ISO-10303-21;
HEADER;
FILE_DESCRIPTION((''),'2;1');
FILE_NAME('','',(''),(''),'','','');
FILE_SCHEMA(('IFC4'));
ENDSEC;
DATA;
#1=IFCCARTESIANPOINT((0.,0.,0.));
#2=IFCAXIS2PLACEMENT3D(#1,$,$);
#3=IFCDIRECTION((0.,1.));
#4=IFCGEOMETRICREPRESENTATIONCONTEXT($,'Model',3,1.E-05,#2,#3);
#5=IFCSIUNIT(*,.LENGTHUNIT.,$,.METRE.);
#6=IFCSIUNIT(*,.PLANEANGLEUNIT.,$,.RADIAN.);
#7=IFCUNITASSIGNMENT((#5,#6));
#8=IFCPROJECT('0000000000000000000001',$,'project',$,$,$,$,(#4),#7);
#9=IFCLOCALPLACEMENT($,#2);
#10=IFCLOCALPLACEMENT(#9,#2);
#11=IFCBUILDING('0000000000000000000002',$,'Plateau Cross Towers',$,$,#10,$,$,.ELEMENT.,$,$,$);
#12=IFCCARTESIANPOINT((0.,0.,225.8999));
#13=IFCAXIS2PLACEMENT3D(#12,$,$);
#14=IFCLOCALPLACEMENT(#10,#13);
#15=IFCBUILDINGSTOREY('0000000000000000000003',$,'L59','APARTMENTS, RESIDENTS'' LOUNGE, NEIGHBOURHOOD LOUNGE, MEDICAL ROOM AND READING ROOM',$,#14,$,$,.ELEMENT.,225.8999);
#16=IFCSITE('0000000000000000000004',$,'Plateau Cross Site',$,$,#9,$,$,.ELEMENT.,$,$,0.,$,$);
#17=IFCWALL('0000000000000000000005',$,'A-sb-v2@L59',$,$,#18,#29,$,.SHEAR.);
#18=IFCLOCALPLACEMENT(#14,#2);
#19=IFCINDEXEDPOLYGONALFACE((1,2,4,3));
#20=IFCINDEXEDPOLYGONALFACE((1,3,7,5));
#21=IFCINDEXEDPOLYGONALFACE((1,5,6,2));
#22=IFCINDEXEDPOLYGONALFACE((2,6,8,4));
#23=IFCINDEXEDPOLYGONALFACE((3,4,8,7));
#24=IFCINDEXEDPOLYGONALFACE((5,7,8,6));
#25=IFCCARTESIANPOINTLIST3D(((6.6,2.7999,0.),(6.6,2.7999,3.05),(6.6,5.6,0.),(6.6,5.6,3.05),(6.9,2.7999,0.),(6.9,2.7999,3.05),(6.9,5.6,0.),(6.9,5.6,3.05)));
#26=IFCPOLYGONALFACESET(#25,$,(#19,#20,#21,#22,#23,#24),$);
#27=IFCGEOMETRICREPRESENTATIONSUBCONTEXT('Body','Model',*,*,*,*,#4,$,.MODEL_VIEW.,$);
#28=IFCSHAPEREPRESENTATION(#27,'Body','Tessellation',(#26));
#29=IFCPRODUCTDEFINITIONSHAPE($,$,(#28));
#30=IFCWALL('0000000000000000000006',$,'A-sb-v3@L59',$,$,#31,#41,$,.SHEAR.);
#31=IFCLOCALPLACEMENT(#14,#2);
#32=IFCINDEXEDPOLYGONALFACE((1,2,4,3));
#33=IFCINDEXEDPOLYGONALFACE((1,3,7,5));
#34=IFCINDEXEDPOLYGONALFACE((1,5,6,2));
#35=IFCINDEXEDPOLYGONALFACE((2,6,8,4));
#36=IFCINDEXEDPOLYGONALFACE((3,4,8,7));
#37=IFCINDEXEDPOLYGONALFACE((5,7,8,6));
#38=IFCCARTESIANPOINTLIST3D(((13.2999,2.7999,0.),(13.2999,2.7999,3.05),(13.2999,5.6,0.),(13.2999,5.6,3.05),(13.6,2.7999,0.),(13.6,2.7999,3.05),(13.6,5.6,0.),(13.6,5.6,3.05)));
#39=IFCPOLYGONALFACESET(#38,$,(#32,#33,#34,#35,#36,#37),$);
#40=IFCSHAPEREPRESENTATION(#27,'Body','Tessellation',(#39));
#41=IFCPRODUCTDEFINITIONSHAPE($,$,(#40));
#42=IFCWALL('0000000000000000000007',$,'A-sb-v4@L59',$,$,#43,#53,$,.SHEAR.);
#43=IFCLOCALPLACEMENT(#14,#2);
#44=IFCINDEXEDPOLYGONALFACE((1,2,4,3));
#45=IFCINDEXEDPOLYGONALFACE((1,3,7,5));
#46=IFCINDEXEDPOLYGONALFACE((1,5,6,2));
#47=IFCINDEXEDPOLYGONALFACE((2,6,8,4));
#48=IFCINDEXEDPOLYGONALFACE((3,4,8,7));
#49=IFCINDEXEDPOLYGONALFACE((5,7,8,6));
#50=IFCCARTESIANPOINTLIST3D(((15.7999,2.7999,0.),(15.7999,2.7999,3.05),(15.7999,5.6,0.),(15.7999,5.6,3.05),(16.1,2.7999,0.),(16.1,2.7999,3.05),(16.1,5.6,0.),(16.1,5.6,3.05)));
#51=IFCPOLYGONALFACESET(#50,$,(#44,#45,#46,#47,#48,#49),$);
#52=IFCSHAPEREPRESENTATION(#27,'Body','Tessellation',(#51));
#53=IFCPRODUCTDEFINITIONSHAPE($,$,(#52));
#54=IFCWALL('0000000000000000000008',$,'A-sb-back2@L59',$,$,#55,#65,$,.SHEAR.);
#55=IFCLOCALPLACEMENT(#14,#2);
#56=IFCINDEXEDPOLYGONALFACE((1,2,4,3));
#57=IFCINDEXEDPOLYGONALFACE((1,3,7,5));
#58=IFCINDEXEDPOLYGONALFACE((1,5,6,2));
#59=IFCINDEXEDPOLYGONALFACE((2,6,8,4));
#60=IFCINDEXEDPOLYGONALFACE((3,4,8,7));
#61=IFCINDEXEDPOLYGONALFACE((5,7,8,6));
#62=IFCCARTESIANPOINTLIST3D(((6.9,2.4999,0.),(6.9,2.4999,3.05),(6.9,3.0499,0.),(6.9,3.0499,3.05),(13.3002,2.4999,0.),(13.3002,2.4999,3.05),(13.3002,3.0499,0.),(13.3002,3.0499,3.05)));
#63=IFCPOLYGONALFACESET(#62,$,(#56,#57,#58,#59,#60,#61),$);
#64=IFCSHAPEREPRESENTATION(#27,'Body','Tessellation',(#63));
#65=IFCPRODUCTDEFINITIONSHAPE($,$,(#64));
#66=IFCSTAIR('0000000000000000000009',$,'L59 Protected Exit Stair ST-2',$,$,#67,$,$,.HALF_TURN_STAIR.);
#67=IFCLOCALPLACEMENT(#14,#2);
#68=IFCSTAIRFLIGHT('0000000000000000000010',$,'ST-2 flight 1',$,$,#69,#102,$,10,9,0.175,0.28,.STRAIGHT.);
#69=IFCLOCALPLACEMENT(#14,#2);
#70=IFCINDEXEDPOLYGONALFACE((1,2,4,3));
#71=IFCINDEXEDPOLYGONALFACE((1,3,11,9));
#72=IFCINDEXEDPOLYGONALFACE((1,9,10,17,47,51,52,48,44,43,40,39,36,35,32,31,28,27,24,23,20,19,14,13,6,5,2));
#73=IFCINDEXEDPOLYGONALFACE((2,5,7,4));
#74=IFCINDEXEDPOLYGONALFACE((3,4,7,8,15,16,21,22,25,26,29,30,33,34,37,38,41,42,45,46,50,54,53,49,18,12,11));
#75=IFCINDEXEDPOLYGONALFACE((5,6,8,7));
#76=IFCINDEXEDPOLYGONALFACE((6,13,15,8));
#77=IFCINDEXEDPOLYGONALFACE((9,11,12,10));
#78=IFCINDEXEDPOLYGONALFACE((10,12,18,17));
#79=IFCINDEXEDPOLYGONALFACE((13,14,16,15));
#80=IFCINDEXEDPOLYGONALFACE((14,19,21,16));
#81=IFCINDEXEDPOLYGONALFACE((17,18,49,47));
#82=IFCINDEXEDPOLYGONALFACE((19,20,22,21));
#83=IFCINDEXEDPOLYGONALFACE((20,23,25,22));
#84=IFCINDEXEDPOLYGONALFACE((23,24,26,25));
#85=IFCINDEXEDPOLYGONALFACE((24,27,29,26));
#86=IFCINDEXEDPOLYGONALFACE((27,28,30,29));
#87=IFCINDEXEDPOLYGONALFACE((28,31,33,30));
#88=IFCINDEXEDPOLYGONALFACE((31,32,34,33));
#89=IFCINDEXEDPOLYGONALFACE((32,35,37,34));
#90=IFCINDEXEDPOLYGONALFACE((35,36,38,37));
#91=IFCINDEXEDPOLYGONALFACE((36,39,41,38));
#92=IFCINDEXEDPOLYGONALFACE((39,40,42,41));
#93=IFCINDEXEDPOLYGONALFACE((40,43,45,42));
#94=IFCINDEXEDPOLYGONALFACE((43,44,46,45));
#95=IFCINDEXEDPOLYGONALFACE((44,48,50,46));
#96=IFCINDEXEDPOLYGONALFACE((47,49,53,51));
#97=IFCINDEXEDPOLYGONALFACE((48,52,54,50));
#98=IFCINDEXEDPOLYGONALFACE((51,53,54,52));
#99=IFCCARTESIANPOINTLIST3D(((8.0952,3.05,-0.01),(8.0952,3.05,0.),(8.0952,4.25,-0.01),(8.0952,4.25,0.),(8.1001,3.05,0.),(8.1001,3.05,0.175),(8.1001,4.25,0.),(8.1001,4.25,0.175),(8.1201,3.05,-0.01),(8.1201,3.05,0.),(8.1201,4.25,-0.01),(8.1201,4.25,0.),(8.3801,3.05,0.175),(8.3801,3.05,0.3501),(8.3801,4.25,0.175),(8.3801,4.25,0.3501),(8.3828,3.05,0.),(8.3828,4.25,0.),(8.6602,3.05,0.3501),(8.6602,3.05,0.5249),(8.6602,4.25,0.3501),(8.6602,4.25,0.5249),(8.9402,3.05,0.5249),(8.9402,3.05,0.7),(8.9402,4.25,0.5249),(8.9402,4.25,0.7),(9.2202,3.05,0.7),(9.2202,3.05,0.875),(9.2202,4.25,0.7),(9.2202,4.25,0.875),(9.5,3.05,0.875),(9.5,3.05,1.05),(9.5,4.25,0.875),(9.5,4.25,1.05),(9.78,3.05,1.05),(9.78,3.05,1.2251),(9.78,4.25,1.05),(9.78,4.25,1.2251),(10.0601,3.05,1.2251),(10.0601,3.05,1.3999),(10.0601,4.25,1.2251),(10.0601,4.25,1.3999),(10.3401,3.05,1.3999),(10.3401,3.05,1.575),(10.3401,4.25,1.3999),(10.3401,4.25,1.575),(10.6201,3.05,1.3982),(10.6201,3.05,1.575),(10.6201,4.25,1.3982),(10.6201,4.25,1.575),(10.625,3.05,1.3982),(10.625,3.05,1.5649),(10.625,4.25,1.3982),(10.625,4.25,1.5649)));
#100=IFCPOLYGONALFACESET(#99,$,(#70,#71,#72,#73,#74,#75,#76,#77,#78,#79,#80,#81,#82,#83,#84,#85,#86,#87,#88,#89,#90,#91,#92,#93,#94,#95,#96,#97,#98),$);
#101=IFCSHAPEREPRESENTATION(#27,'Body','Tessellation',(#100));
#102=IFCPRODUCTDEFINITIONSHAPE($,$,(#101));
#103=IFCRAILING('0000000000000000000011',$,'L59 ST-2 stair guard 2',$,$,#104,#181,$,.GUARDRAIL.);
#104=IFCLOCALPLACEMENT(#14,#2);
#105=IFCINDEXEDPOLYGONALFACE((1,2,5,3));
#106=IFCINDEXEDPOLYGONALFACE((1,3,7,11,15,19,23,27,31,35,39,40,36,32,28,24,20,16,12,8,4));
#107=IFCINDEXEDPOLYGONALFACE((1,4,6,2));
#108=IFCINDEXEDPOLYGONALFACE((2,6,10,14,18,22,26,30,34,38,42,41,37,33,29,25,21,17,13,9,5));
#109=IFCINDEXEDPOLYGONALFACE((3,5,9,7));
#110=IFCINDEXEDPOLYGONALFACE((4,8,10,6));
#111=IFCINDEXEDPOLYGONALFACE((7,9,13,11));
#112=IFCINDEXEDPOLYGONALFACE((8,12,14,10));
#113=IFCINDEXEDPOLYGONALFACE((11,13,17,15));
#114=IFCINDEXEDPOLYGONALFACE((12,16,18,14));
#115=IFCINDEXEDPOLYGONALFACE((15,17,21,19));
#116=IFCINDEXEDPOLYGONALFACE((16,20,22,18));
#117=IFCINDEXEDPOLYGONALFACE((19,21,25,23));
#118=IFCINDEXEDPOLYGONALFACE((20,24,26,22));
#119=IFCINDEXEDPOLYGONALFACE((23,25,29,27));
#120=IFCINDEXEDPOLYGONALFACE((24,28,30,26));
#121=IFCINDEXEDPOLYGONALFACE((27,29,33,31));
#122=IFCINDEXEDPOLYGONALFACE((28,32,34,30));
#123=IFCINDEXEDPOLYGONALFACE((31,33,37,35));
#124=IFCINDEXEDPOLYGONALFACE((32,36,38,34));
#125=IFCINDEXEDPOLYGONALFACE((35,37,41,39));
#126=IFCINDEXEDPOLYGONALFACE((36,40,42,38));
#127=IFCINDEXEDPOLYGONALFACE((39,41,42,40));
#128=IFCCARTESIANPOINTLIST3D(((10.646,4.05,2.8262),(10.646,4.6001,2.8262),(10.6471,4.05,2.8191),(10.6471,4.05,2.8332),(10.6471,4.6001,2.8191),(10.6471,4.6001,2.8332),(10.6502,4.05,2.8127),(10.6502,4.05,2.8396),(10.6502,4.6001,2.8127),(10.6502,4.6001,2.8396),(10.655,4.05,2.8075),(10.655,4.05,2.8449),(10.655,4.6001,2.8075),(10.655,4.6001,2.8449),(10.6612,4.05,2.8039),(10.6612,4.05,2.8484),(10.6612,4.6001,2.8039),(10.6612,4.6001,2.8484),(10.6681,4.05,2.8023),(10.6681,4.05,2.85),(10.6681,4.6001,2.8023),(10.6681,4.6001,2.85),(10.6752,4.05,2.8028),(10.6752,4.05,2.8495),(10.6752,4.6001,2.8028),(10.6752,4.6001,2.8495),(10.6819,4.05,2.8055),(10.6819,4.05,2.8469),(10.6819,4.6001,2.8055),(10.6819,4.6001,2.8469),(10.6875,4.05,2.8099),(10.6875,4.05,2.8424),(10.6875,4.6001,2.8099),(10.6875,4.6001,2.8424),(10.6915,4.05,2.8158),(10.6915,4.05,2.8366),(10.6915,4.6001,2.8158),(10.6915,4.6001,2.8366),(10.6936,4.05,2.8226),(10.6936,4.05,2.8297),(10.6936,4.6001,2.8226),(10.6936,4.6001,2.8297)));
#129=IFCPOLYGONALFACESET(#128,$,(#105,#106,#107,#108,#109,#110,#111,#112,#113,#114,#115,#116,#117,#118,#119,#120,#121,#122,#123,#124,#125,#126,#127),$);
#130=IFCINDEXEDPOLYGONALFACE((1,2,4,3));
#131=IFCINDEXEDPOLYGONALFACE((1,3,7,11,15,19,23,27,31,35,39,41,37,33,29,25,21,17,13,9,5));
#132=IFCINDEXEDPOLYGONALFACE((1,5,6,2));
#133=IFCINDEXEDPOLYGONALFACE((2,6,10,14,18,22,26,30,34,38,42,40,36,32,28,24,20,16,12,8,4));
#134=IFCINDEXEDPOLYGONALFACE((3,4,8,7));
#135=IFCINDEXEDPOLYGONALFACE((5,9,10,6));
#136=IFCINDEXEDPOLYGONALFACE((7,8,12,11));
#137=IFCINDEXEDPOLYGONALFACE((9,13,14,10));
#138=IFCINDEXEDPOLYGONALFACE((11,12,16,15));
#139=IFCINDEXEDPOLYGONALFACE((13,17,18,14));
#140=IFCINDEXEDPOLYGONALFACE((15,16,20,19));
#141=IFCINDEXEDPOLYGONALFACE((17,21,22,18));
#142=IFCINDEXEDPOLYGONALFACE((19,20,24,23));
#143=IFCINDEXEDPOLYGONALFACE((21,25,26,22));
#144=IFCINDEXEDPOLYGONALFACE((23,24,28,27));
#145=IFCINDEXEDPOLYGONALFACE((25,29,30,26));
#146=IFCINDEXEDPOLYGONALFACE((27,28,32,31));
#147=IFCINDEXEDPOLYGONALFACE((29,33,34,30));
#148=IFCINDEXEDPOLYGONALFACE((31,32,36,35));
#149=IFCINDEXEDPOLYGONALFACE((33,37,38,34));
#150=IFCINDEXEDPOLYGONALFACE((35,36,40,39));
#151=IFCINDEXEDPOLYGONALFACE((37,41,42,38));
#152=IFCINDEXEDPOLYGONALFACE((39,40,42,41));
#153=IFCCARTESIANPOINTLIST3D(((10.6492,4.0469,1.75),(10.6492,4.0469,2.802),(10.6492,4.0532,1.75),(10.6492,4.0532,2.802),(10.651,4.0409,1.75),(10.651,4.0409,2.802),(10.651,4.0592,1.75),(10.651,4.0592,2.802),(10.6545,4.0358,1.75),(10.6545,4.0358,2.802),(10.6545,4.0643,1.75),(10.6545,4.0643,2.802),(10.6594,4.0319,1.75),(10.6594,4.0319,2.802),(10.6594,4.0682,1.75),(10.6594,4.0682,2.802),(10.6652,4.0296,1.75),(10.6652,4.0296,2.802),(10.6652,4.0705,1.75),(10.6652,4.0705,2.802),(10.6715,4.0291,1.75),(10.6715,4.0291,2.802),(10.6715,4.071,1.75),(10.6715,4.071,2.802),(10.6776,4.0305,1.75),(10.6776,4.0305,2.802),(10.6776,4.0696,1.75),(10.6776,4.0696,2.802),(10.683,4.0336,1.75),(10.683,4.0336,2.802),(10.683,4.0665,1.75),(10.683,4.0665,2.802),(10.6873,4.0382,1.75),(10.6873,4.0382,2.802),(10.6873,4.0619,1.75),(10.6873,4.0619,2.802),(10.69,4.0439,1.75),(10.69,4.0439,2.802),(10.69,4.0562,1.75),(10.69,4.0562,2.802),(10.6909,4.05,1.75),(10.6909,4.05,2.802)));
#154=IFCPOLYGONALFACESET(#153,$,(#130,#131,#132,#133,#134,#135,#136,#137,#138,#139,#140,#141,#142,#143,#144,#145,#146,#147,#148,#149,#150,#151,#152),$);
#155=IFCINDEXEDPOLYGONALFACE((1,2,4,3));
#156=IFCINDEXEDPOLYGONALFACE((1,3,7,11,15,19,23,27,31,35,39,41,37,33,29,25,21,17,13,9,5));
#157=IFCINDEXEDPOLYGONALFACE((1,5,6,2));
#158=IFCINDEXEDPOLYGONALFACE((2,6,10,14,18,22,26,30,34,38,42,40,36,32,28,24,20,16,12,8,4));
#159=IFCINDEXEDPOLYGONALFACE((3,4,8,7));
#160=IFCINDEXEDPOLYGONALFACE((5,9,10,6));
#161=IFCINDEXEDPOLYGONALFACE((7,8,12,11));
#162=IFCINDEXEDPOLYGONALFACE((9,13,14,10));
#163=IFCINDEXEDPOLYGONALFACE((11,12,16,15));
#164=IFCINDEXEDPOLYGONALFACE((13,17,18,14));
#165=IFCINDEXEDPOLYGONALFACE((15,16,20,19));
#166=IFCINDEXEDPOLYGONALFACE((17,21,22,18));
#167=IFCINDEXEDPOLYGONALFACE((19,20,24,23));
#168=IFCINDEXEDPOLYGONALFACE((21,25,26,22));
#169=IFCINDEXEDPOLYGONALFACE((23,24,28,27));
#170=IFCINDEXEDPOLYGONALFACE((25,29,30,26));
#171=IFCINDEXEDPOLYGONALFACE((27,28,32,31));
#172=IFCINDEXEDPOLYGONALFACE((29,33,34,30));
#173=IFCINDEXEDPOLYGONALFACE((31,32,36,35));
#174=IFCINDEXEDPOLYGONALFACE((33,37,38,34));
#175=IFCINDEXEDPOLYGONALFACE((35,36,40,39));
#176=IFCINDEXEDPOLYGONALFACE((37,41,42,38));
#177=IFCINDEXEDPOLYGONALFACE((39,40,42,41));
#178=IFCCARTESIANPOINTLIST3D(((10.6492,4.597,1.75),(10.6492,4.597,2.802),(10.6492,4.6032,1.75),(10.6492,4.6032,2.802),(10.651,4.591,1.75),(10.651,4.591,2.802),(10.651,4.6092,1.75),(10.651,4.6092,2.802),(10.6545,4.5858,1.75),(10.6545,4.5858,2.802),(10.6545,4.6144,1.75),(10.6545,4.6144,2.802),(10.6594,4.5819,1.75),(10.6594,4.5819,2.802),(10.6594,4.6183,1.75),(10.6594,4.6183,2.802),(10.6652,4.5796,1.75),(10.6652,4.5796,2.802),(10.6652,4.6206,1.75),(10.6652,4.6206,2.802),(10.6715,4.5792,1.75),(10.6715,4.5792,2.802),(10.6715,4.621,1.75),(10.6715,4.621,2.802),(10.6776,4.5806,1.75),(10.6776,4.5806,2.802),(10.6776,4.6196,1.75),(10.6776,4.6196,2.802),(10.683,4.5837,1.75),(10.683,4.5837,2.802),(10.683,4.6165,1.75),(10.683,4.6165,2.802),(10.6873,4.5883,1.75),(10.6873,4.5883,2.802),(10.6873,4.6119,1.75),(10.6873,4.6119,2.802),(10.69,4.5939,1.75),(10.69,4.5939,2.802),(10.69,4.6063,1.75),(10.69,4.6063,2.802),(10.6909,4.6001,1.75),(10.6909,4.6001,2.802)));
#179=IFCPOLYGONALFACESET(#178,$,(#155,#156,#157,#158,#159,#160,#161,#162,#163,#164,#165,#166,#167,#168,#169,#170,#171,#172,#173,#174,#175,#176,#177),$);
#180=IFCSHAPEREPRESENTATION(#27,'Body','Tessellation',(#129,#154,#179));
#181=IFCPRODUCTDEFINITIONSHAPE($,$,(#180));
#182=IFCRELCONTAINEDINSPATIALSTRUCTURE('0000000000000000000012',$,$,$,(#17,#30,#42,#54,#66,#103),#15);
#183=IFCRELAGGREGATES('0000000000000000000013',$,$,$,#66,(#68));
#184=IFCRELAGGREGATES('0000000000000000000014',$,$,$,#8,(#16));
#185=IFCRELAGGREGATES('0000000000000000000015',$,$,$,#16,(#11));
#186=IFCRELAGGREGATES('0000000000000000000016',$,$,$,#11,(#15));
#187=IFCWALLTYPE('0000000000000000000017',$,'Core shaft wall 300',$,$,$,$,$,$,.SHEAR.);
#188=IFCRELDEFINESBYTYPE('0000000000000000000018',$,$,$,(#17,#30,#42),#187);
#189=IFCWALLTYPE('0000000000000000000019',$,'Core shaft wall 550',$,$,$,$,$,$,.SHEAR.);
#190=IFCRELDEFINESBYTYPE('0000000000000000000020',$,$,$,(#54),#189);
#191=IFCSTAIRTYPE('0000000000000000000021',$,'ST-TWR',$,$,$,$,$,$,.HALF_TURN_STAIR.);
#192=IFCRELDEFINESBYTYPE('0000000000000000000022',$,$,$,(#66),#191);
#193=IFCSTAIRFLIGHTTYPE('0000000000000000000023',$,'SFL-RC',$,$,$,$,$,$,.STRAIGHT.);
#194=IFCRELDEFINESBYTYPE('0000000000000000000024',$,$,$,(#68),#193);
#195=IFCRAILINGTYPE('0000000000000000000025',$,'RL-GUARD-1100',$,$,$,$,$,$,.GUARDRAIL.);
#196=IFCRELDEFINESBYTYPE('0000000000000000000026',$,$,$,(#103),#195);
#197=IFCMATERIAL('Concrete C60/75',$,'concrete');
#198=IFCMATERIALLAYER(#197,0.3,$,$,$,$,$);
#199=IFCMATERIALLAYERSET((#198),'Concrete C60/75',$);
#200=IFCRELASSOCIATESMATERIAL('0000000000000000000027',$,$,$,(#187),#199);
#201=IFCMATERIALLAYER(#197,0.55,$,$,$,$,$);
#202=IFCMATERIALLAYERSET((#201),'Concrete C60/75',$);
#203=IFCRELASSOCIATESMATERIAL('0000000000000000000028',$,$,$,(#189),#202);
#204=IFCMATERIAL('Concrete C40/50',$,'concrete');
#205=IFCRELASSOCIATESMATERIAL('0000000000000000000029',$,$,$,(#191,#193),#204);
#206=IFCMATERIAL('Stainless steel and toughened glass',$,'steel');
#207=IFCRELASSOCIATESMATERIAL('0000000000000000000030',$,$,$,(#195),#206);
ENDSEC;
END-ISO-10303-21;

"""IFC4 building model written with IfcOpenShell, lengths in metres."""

from ifc_helpers import new_model, si_unit, direction, frame, frame_2d, origin, origin_2d, place, context, subcontext, project, spatial, polyline, rectangle, circle, outline, extrude, material, layer, layer_set, type_object, element, aggregate, save


model = new_model("IFC4")

# Units and contexts
model_context = context("Model", 3, precision=1e-05, world=origin(), true_north=direction((0.0, 1.0)))
body_context = subcontext(model_context, "Body", "Model", "MODEL_VIEW")
ifc_project = project(units=[si_unit("LENGTHUNIT", "METRE"), si_unit("PLANEANGLEUNIT", "RADIAN")], contexts=[model_context])

# Site, building, storey
site_placement = place(None, origin())
site = spatial("IfcSite", under=ifc_project, at=site_placement, Name="Plateau Cross Site", CompositionType="ELEMENT", RefElevation=0.0)
building_placement = place(site_placement, origin())
building = spatial("IfcBuilding", under=site, at=building_placement, Name="Plateau Cross Towers", CompositionType="ELEMENT")
storey_placement = place(building_placement, frame((0.0, 0.0, 225.8999)))
storey = spatial("IfcBuildingStorey", under=building, at=storey_placement, Name="L59", Description="APARTMENTS, RESIDENTS' LOUNGE, NEIGHBOURHOOD LOUNGE, MEDICAL ROOM AND READING ROOM", CompositionType="ELEMENT", Elevation=225.8999)

# Shared definitions
ifc_material_1 = material(Name="Concrete C60/75", Category="concrete")

# Walls
ifc_layer_1 = layer(ifc_material_1, 0.3)
ifc_layer_set_1 = layer_set([ifc_layer_1], Name="Concrete C60/75")
wall_type_1 = type_object("IfcWallType", Name="Core shaft wall 300", PredefinedType="SHEAR", material=ifc_layer_set_1)
for number, where, z_axis, x_axis, name in (
    (1, (6.75, 2.8, 0.0), (0.0, 0.0, 1.0), (0.0, 1.0, 0.0), "A-sb-v2@L59"),
    (2, (13.45, 2.8, 0.0), (0.0, 0.0, 1.0), (0.0, 1.0, 0.0), "A-sb-v3@L59"),
    (3, (15.95, 2.8, 0.0), (0.0, 0.0, 1.0), (0.0, 1.0, 0.0), "A-sb-v4@L59"),
):
    element("IfcWall", number, at=place(storey_placement, frame(where, z_axis=z_axis, x_axis=x_axis)), inside=storey, type_object=wall_type_1, Name=name, PredefinedType="SHEAR", context=body_context, shape_type="SweptSolid", body=[
        extrude(rectangle(XDim=2.8, YDim=0.3, at=frame_2d((1.3999, 0.0))), origin(), (0.0, 0.0, 1.0), 3.05),
    ])
ifc_layer_2 = layer(ifc_material_1, 0.55)
ifc_layer_set_2 = layer_set([ifc_layer_2], Name="Concrete C60/75")
wall_type_2 = type_object("IfcWallType", Name="Core shaft wall 550", PredefinedType="SHEAR", material=ifc_layer_set_2)
wall_1_placement = place(storey_placement, frame((6.8999, 2.7749, 0.0), z_axis=(0.0, 0.0, 1.0), x_axis=(1.0, 0.0, 0.0)))
element("IfcWall", 4, at=wall_1_placement, inside=storey, type_object=wall_type_2, Name="A-sb-back2@L59", PredefinedType="SHEAR", context=body_context, shape_type="SweptSolid", body=[
    extrude(rectangle(XDim=6.4001, YDim=0.55, at=frame_2d((3.2002, 0.0))), origin(), (0.0, 0.0, 1.0), 3.05),
])

# Stair, stair flight
ifc_material_2 = material(Name="Concrete C40/50", Category="concrete")
stair_type = type_object("IfcStairType", Name="ST-TWR", PredefinedType="HALF_TURN_STAIR", material=ifc_material_2)
stair_placement = place(storey_placement, origin())
stair = element("IfcStair", 5, at=stair_placement, inside=storey, type_object=stair_type, Name="L59 Protected Exit Stair ST-2", PredefinedType="HALF_TURN_STAIR")
stair_flight_type = type_object("IfcStairFlightType", Name="SFL-RC", PredefinedType="STRAIGHT", material=ifc_material_2)
stair_flight_placement = place(storey_placement, frame((8.1001, 3.6499, 0.0), z_axis=(0.0, 0.0, 1.0), x_axis=(1.0, 0.0, 0.0)))
stair_flight = element("IfcStairFlight", 6, at=stair_flight_placement, type_object=stair_flight_type, Name="ST-2 flight 1", NumberOfRisers=10, NumberOfTreads=9, PredefinedType="STRAIGHT", RiserHeight=0.175, TreadLength=0.28, context=body_context, shape_type="SweptSolid", body=[
    extrude(outline(polyline([(-0.0049, -0.01), (-0.0049, 0.0), (0.0, 0.0), (0.0, 0.175), (0.28, 0.175), (0.28, 0.3501), (0.5601, 0.3501), (0.5601, 0.5249), (0.8401, 0.5249), (0.8401, 0.7), (1.1201, 0.7), (1.1201, 0.875), (1.3999, 0.875), (1.3999, 1.05), (1.6799, 1.05), (1.6799, 1.2251), (1.96, 1.2251), (1.96, 1.3999), (2.24, 1.3999), (2.24, 1.575), (2.52, 1.575), (2.5249, 1.5649), (2.5249, 1.3982), (2.52, 1.3982), (0.2827, 0.0), (0.02, 0.0), (0.02, -0.01), (-0.0049, -0.01)])), frame((0.0, 0.6001, 0.0), z_axis=(0.0, -1.0, 0.0), x_axis=(1.0, 0.0, 0.0)), (0.0, 0.0, 1.0), 1.2),
])
aggregate(stair, [stair_flight])

# Railing
ifc_material_3 = material(Name="Stainless steel and toughened glass", Category="steel")
railing_type_1 = type_object("IfcRailingType", Name="RL-GUARD-1100", PredefinedType="GUARDRAIL", material=ifc_material_3)
for number, where, name in (
    (7, (10.6699, 4.05, 1.75), "L59 ST-2 stair guard 2"),
):
    element("IfcRailing", number, at=place(storey_placement, frame(where)), inside=storey, type_object=railing_type_1, Name=name, PredefinedType="GUARDRAIL", context=body_context, shape_type="SweptSolid", body=[
        extrude(circle(Radius=0.0239, at=origin_2d()), frame((0.0, 0.0, 1.0762), z_axis=(0.0, 1.0, 0.0), x_axis=(-1.0, 0.0, 0.0)), (0.0, 0.0, 1.0), 0.55),
        extrude(circle(Radius=0.021, at=origin_2d()), origin(), (0.0, 0.0, 1.0), 1.052),
        extrude(circle(Radius=0.021, at=origin_2d()), frame((0.0, 0.55, 0.0)), (0.0, 0.0, 1.0), 1.052),
    ])

save(model, "model.ifc")
